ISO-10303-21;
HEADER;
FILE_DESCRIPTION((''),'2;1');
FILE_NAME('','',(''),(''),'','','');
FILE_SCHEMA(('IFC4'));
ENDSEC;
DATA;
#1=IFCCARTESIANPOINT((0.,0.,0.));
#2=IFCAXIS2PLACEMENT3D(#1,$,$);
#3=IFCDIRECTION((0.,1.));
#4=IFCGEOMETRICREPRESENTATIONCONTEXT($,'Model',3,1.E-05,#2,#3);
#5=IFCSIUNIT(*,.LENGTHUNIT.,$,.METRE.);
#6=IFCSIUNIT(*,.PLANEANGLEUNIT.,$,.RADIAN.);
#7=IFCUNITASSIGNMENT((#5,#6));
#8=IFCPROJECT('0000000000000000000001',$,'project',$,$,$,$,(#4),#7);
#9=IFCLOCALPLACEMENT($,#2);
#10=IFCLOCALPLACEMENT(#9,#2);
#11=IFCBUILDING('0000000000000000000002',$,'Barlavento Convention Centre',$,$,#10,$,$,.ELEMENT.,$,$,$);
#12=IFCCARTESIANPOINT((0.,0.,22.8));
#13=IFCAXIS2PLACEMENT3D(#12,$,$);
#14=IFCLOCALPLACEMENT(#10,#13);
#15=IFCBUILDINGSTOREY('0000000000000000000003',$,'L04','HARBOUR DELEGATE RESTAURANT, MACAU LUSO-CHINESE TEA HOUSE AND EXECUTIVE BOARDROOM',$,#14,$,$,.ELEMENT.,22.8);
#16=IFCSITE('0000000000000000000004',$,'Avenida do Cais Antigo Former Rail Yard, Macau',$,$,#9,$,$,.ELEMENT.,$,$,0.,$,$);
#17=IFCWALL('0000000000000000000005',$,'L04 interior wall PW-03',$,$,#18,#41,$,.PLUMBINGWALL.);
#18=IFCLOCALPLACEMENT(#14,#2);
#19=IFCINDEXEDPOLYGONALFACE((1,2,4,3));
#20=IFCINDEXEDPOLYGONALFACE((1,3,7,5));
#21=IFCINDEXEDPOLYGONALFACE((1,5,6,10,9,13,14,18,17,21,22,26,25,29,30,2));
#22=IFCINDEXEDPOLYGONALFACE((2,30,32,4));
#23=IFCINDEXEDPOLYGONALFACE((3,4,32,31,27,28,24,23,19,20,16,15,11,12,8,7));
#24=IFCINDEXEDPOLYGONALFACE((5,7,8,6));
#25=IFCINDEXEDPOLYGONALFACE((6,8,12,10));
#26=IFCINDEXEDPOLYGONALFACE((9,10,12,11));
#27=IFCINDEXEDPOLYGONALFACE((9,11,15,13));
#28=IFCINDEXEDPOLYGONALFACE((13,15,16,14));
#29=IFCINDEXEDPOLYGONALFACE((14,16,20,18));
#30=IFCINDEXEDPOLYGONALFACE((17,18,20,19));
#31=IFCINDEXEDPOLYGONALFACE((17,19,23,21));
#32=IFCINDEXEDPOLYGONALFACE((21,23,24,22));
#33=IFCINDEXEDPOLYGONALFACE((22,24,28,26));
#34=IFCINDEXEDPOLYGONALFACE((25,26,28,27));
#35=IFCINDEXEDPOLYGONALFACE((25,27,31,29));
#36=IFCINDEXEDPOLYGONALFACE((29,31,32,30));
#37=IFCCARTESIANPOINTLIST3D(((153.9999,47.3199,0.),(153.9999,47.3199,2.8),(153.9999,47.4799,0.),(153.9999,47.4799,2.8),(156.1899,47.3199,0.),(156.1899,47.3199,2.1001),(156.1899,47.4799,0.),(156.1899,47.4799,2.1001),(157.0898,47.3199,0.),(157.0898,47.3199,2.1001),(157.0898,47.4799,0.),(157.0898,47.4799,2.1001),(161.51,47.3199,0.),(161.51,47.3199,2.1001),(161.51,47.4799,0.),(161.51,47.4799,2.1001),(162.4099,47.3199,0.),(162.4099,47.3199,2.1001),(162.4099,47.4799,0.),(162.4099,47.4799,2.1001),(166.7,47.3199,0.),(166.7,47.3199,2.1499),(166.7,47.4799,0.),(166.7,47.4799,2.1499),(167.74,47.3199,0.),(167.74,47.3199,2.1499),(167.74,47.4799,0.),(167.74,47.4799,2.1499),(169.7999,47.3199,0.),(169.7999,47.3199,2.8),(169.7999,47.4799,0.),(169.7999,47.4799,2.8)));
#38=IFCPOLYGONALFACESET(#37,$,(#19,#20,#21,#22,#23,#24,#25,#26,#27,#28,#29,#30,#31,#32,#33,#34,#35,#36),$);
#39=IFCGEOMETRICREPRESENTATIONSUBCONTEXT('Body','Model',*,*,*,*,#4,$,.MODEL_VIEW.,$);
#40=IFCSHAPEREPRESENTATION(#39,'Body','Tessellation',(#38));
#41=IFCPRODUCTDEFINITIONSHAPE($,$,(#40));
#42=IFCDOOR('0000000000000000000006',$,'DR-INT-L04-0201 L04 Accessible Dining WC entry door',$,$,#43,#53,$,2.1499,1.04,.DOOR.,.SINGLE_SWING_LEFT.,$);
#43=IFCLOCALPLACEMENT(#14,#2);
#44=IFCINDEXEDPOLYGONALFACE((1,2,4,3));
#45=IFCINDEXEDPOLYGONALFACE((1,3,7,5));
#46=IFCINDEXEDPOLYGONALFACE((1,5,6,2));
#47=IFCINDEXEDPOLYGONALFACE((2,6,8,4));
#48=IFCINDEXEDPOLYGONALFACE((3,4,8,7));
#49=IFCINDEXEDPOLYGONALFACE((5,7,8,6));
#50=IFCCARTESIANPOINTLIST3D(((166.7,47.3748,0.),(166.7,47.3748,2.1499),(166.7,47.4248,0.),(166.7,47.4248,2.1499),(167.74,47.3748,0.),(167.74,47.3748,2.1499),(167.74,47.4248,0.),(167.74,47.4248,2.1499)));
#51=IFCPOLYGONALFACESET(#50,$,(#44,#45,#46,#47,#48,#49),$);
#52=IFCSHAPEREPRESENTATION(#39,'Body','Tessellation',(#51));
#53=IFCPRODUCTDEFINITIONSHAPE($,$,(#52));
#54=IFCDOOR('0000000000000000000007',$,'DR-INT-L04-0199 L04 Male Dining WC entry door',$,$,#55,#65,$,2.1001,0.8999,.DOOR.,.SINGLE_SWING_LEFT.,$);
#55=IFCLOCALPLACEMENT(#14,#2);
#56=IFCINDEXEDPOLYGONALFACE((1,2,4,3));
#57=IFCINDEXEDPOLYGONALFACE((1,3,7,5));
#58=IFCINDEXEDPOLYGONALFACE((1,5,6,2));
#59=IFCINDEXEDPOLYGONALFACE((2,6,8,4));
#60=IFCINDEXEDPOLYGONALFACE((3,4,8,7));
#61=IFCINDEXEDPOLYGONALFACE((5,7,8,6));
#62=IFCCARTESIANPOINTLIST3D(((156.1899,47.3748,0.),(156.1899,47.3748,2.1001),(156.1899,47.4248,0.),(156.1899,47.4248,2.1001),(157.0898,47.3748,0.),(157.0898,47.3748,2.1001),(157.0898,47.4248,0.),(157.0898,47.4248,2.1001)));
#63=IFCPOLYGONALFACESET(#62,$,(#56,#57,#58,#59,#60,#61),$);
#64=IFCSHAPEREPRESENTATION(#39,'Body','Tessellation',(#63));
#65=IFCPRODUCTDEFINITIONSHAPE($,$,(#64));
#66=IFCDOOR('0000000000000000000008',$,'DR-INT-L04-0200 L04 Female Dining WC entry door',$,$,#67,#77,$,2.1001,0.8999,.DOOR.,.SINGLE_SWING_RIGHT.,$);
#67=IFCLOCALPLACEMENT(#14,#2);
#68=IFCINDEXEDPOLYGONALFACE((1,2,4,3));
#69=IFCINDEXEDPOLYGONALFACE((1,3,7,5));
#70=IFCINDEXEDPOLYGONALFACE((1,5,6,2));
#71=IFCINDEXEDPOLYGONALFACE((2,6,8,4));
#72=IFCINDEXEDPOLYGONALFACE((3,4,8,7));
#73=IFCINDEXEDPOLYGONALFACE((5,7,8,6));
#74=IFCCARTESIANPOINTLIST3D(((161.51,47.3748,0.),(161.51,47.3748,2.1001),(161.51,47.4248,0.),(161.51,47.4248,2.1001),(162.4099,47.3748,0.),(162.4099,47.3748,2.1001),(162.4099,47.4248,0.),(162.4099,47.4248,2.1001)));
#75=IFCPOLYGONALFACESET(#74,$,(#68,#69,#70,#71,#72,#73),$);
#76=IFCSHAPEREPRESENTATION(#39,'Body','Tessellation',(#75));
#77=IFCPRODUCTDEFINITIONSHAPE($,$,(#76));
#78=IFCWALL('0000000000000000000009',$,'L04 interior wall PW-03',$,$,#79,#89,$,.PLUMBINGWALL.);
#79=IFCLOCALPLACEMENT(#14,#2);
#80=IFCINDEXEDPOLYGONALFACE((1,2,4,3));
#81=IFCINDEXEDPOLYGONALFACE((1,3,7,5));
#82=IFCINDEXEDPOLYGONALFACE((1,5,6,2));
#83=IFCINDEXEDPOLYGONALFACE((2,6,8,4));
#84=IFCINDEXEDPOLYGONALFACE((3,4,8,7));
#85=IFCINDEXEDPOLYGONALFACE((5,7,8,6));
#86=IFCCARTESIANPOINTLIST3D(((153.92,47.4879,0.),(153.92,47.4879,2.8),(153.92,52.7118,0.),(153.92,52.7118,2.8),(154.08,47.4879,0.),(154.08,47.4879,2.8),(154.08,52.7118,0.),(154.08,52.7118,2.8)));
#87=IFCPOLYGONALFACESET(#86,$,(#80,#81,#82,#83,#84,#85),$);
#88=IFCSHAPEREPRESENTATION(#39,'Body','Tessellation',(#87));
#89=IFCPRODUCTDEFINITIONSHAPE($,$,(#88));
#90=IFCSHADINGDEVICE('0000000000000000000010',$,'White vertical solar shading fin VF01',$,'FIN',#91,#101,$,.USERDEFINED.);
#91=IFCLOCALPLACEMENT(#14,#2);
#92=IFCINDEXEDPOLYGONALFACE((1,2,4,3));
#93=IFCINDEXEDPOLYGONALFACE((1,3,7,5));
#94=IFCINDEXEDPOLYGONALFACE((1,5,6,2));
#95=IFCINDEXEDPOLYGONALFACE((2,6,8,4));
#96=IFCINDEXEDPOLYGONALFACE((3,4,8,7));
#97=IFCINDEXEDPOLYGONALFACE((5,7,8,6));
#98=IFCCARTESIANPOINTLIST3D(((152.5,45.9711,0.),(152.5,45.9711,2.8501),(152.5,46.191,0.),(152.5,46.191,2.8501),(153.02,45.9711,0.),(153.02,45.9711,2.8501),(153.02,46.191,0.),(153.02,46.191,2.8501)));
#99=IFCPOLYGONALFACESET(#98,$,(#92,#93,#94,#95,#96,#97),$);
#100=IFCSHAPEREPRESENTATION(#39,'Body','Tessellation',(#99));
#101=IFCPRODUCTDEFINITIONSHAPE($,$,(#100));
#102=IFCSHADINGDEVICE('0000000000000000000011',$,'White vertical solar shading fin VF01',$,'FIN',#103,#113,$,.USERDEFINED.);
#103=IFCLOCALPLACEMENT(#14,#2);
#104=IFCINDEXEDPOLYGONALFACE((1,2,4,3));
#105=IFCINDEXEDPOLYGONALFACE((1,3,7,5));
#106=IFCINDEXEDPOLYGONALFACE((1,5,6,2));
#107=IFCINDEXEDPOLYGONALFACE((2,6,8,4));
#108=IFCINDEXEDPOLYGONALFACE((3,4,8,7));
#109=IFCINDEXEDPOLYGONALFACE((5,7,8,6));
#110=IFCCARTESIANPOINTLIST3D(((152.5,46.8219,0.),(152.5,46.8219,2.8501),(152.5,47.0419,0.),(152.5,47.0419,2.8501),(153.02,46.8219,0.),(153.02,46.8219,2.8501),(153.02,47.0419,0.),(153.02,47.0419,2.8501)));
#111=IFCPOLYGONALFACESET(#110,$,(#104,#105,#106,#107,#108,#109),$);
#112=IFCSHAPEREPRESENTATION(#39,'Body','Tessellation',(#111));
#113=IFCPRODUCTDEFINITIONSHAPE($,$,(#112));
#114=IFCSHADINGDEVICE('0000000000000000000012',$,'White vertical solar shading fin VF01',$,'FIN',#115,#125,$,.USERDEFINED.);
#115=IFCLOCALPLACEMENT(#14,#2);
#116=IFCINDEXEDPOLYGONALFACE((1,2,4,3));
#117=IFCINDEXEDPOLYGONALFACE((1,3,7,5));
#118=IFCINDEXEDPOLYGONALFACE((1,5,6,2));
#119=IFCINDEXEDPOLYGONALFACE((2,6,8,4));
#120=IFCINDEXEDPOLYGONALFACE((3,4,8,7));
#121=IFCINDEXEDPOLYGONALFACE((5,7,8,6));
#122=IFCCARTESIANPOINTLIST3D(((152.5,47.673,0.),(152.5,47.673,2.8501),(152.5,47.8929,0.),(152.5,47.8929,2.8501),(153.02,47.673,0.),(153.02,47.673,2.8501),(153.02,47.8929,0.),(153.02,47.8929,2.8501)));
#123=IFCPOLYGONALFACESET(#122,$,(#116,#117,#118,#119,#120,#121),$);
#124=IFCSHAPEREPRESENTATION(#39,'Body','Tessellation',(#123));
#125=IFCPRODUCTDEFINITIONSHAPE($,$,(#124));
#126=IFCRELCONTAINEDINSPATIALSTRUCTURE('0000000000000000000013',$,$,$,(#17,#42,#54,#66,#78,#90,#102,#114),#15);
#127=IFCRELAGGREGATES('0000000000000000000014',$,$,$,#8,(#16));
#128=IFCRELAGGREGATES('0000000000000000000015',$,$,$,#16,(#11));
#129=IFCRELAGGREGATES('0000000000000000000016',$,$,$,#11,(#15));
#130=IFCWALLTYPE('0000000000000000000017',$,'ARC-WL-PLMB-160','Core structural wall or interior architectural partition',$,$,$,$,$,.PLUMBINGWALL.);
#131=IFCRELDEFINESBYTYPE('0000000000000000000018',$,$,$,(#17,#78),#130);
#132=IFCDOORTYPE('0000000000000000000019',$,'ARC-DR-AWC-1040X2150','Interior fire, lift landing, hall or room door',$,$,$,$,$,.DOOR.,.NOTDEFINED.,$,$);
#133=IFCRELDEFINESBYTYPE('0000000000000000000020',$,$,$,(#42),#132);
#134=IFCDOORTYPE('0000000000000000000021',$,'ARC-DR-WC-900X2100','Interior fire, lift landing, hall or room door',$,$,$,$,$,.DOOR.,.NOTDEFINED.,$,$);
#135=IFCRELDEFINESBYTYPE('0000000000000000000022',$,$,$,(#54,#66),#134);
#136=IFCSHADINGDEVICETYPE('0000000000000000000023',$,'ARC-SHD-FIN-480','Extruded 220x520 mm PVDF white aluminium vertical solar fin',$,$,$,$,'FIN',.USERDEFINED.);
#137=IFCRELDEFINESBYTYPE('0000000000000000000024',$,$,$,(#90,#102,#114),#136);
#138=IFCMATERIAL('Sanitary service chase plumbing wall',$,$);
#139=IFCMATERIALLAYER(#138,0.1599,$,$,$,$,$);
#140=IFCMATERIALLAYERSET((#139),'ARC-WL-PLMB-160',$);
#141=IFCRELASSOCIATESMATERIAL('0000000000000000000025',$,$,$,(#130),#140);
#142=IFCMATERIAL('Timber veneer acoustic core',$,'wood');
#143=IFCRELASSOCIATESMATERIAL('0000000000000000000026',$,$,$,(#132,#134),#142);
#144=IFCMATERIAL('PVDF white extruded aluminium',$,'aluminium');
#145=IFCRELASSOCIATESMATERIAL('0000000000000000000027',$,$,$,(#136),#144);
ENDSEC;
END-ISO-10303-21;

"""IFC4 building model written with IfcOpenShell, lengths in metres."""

from ifc_helpers import new_model, si_unit, direction, frame, frame_2d, origin, origin_2d, place, context, subcontext, project, spatial, rectangle, extrude, material, layer, layer_set, type_object, element, fill, save


model = new_model("IFC4")

# Units and contexts
model_context = context("Model", 3, precision=1e-05, world=origin(), true_north=direction((0.0, 1.0)))
body_context = subcontext(model_context, "Body", "Model", "MODEL_VIEW")
ifc_project = project(units=[si_unit("LENGTHUNIT", "METRE"), si_unit("PLANEANGLEUNIT", "RADIAN")], contexts=[model_context])

# Site, building, storey
site_placement = place(None, origin())
site = spatial("IfcSite", under=ifc_project, at=site_placement, Name="Avenida do Cais Antigo Former Rail Yard, Macau", CompositionType="ELEMENT", RefElevation=0.0)
building_placement = place(site_placement, origin())
building = spatial("IfcBuilding", under=site, at=building_placement, Name="Barlavento Convention Centre", CompositionType="ELEMENT")
storey_placement = place(building_placement, frame((0.0, 0.0, 22.8)))
storey = spatial("IfcBuildingStorey", under=building, at=storey_placement, Name="L04", Description="HARBOUR DELEGATE RESTAURANT, MACAU LUSO-CHINESE TEA HOUSE AND EXECUTIVE BOARDROOM", CompositionType="ELEMENT", Elevation=22.8)

# Wall, openings, doors
ifc_material_1 = material(Name="Sanitary service chase plumbing wall")
ifc_layer_1 = layer(ifc_material_1, 0.1599)
ifc_layer_set_1 = layer_set([ifc_layer_1], Name="ARC-WL-PLMB-160")
wall_type = type_object("IfcWallType", Name="ARC-WL-PLMB-160", Description="Core structural wall or interior architectural partition", PredefinedType="PLUMBINGWALL", material=ifc_layer_set_1)
wall_1_placement = place(storey_placement, frame((154.0, 47.3999, 0.0), z_axis=(0.0, 0.0, 1.0), x_axis=(1.0, 0.0, 0.0)))
wall_1 = element("IfcWall", 1, at=wall_1_placement, inside=storey, type_object=wall_type, Name="L04 interior wall PW-03", PredefinedType="PLUMBINGWALL", context=body_context, shape_type="SweptSolid", body=[
    extrude(rectangle(XDim=15.8, YDim=0.1599, at=frame_2d((7.8999, 0.0))), origin(), (0.0, 0.0, 1.0), 2.8),
])
opening_1_placement = place(wall_1_placement, frame((2.1899, 0.0, 0.0)))
opening_1 = element("IfcOpeningElement", 2, at=opening_1_placement, cuts=wall_1, PredefinedType="OPENING", context=body_context, shape_type="SweptSolid", body=[
    extrude(rectangle(XDim=0.8999, YDim=2.1001, at=frame_2d((0.45, 1.05))), frame((0.0, 0.0898, 0.0), z_axis=(0.0, -1.0, 0.0), x_axis=(1.0, 0.0, 0.0)), (0.0, 0.0, 1.0), 0.1799),
])
opening_2_placement = place(wall_1_placement, frame((7.51, 0.0, 0.0)))
opening_2 = element("IfcOpeningElement", 3, at=opening_2_placement, cuts=wall_1, PredefinedType="OPENING", context=body_context, shape_type="SweptSolid", body=[
    extrude(rectangle(XDim=0.8999, YDim=2.1001, at=frame_2d((0.45, 1.05))), frame((0.0, 0.0898, 0.0), z_axis=(0.0, -1.0, 0.0), x_axis=(1.0, 0.0, 0.0)), (0.0, 0.0, 1.0), 0.1799),
])
opening_3_placement = place(wall_1_placement, frame((12.7, 0.0, 0.0)))
opening_3 = element("IfcOpeningElement", 4, at=opening_3_placement, cuts=wall_1, PredefinedType="OPENING", context=body_context, shape_type="SweptSolid", body=[
    extrude(rectangle(XDim=1.04, YDim=2.1499, at=frame_2d((0.52, 1.075))), frame((0.0, 0.0898, 0.0), z_axis=(0.0, -1.0, 0.0), x_axis=(1.0, 0.0, 0.0)), (0.0, 0.0, 1.0), 0.1799),
])
ifc_material_2 = material(Name="Timber veneer acoustic core", Category="wood")
door_type_1 = type_object("IfcDoorType", Name="ARC-DR-AWC-1040X2150", Description="Interior fire, lift landing, hall or room door", OperationType="NOTDEFINED", PredefinedType="DOOR", material=ifc_material_2)
door_1_placement = place(opening_3_placement, origin())
door_1 = element("IfcDoor", 5, at=door_1_placement, inside=storey, type_object=door_type_1, Name="DR-INT-L04-0201 L04 Accessible Dining WC entry door", OperationType="SINGLE_SWING_LEFT", OverallHeight=2.1499, OverallWidth=1.04, PredefinedType="DOOR", context=body_context, shape_type="SweptSolid", body=[
    extrude(rectangle(XDim=1.04, YDim=2.1499, at=frame_2d((0.52, 1.075))), frame((0.0, 0.0249, 0.0), z_axis=(0.0, -1.0, 0.0), x_axis=(1.0, 0.0, 0.0)), (0.0, 0.0, 1.0), 0.05),
])
fill(opening_3, door_1)
door_type_2 = type_object("IfcDoorType", Name="ARC-DR-WC-900X2100", Description="Interior fire, lift landing, hall or room door", OperationType="NOTDEFINED", PredefinedType="DOOR", material=ifc_material_2)
door_2_placement = place(opening_1_placement, origin())
door_2 = element("IfcDoor", 6, at=door_2_placement, inside=storey, type_object=door_type_2, Name="DR-INT-L04-0199 L04 Male Dining WC entry door", OperationType="SINGLE_SWING_LEFT", OverallHeight=2.1001, OverallWidth=0.8999, PredefinedType="DOOR", context=body_context, shape_type="SweptSolid", body=[
    extrude(rectangle(XDim=0.8999, YDim=2.1001, at=frame_2d((0.45, 1.05))), frame((0.0, 0.0249, 0.0), z_axis=(0.0, -1.0, 0.0), x_axis=(1.0, 0.0, 0.0)), (0.0, 0.0, 1.0), 0.05),
])
fill(opening_1, door_2)
door_3_placement = place(opening_2_placement, origin())
door_3 = element("IfcDoor", 7, at=door_3_placement, inside=storey, type_object=door_type_2, Name="DR-INT-L04-0200 L04 Female Dining WC entry door", OperationType="SINGLE_SWING_RIGHT", OverallHeight=2.1001, OverallWidth=0.8999, PredefinedType="DOOR", context=body_context, shape_type="SweptSolid", body=[
    extrude(rectangle(XDim=0.8999, YDim=2.1001, at=frame_2d((0.45, 1.05))), frame((0.0, 0.0249, 0.0), z_axis=(0.0, -1.0, 0.0), x_axis=(1.0, 0.0, 0.0)), (0.0, 0.0, 1.0), 0.05),
])
fill(opening_2, door_3)

# Wall
wall_2_placement = place(storey_placement, frame((154.0, 47.488, 0.0), z_axis=(0.0, 0.0, 1.0), x_axis=(0.0, 1.0, 0.0)))
element("IfcWall", 8, at=wall_2_placement, inside=storey, type_object=wall_type, Name="L04 interior wall PW-03", PredefinedType="PLUMBINGWALL", context=body_context, shape_type="SweptSolid", body=[
    extrude(rectangle(XDim=5.2239, YDim=0.1599, at=frame_2d((2.6118, 0.0))), origin(), (0.0, 0.0, 1.0), 2.8),
])

# Shading devices
ifc_material_3 = material(Name="PVDF white extruded aluminium", Category="aluminium")
shading_device_type = type_object("IfcShadingDeviceType", Name="ARC-SHD-FIN-480", Description="Extruded 220x520 mm PVDF white aluminium vertical solar fin", ElementType="FIN", PredefinedType="USERDEFINED", material=ifc_material_3)
for number, where, z_axis, x_axis, name in (
    (9, (152.76, 46.0811, 0.0), (0.0, 0.0, 1.0), (0.0, 1.0, 0.0), "White vertical solar shading fin VF01"),
    (10, (152.76, 46.9319, 0.0), (0.0, 0.0, 1.0), (0.0, 1.0, 0.0), "White vertical solar shading fin VF01"),
    (11, (152.76, 47.783, 0.0), (0.0, 0.0, 1.0), (0.0, 1.0, 0.0), "White vertical solar shading fin VF01"),
):
    element("IfcShadingDevice", number, at=place(storey_placement, frame(where, z_axis=z_axis, x_axis=x_axis)), inside=storey, type_object=shading_device_type, Name=name, ObjectType="FIN", PredefinedType="USERDEFINED", context=body_context, shape_type="SweptSolid", body=[
        extrude(rectangle(XDim=0.22, YDim=0.52, at=origin_2d()), origin(), (0.0, 0.0, 1.0), 2.8501),
    ])

save(model, "model.ifc")
